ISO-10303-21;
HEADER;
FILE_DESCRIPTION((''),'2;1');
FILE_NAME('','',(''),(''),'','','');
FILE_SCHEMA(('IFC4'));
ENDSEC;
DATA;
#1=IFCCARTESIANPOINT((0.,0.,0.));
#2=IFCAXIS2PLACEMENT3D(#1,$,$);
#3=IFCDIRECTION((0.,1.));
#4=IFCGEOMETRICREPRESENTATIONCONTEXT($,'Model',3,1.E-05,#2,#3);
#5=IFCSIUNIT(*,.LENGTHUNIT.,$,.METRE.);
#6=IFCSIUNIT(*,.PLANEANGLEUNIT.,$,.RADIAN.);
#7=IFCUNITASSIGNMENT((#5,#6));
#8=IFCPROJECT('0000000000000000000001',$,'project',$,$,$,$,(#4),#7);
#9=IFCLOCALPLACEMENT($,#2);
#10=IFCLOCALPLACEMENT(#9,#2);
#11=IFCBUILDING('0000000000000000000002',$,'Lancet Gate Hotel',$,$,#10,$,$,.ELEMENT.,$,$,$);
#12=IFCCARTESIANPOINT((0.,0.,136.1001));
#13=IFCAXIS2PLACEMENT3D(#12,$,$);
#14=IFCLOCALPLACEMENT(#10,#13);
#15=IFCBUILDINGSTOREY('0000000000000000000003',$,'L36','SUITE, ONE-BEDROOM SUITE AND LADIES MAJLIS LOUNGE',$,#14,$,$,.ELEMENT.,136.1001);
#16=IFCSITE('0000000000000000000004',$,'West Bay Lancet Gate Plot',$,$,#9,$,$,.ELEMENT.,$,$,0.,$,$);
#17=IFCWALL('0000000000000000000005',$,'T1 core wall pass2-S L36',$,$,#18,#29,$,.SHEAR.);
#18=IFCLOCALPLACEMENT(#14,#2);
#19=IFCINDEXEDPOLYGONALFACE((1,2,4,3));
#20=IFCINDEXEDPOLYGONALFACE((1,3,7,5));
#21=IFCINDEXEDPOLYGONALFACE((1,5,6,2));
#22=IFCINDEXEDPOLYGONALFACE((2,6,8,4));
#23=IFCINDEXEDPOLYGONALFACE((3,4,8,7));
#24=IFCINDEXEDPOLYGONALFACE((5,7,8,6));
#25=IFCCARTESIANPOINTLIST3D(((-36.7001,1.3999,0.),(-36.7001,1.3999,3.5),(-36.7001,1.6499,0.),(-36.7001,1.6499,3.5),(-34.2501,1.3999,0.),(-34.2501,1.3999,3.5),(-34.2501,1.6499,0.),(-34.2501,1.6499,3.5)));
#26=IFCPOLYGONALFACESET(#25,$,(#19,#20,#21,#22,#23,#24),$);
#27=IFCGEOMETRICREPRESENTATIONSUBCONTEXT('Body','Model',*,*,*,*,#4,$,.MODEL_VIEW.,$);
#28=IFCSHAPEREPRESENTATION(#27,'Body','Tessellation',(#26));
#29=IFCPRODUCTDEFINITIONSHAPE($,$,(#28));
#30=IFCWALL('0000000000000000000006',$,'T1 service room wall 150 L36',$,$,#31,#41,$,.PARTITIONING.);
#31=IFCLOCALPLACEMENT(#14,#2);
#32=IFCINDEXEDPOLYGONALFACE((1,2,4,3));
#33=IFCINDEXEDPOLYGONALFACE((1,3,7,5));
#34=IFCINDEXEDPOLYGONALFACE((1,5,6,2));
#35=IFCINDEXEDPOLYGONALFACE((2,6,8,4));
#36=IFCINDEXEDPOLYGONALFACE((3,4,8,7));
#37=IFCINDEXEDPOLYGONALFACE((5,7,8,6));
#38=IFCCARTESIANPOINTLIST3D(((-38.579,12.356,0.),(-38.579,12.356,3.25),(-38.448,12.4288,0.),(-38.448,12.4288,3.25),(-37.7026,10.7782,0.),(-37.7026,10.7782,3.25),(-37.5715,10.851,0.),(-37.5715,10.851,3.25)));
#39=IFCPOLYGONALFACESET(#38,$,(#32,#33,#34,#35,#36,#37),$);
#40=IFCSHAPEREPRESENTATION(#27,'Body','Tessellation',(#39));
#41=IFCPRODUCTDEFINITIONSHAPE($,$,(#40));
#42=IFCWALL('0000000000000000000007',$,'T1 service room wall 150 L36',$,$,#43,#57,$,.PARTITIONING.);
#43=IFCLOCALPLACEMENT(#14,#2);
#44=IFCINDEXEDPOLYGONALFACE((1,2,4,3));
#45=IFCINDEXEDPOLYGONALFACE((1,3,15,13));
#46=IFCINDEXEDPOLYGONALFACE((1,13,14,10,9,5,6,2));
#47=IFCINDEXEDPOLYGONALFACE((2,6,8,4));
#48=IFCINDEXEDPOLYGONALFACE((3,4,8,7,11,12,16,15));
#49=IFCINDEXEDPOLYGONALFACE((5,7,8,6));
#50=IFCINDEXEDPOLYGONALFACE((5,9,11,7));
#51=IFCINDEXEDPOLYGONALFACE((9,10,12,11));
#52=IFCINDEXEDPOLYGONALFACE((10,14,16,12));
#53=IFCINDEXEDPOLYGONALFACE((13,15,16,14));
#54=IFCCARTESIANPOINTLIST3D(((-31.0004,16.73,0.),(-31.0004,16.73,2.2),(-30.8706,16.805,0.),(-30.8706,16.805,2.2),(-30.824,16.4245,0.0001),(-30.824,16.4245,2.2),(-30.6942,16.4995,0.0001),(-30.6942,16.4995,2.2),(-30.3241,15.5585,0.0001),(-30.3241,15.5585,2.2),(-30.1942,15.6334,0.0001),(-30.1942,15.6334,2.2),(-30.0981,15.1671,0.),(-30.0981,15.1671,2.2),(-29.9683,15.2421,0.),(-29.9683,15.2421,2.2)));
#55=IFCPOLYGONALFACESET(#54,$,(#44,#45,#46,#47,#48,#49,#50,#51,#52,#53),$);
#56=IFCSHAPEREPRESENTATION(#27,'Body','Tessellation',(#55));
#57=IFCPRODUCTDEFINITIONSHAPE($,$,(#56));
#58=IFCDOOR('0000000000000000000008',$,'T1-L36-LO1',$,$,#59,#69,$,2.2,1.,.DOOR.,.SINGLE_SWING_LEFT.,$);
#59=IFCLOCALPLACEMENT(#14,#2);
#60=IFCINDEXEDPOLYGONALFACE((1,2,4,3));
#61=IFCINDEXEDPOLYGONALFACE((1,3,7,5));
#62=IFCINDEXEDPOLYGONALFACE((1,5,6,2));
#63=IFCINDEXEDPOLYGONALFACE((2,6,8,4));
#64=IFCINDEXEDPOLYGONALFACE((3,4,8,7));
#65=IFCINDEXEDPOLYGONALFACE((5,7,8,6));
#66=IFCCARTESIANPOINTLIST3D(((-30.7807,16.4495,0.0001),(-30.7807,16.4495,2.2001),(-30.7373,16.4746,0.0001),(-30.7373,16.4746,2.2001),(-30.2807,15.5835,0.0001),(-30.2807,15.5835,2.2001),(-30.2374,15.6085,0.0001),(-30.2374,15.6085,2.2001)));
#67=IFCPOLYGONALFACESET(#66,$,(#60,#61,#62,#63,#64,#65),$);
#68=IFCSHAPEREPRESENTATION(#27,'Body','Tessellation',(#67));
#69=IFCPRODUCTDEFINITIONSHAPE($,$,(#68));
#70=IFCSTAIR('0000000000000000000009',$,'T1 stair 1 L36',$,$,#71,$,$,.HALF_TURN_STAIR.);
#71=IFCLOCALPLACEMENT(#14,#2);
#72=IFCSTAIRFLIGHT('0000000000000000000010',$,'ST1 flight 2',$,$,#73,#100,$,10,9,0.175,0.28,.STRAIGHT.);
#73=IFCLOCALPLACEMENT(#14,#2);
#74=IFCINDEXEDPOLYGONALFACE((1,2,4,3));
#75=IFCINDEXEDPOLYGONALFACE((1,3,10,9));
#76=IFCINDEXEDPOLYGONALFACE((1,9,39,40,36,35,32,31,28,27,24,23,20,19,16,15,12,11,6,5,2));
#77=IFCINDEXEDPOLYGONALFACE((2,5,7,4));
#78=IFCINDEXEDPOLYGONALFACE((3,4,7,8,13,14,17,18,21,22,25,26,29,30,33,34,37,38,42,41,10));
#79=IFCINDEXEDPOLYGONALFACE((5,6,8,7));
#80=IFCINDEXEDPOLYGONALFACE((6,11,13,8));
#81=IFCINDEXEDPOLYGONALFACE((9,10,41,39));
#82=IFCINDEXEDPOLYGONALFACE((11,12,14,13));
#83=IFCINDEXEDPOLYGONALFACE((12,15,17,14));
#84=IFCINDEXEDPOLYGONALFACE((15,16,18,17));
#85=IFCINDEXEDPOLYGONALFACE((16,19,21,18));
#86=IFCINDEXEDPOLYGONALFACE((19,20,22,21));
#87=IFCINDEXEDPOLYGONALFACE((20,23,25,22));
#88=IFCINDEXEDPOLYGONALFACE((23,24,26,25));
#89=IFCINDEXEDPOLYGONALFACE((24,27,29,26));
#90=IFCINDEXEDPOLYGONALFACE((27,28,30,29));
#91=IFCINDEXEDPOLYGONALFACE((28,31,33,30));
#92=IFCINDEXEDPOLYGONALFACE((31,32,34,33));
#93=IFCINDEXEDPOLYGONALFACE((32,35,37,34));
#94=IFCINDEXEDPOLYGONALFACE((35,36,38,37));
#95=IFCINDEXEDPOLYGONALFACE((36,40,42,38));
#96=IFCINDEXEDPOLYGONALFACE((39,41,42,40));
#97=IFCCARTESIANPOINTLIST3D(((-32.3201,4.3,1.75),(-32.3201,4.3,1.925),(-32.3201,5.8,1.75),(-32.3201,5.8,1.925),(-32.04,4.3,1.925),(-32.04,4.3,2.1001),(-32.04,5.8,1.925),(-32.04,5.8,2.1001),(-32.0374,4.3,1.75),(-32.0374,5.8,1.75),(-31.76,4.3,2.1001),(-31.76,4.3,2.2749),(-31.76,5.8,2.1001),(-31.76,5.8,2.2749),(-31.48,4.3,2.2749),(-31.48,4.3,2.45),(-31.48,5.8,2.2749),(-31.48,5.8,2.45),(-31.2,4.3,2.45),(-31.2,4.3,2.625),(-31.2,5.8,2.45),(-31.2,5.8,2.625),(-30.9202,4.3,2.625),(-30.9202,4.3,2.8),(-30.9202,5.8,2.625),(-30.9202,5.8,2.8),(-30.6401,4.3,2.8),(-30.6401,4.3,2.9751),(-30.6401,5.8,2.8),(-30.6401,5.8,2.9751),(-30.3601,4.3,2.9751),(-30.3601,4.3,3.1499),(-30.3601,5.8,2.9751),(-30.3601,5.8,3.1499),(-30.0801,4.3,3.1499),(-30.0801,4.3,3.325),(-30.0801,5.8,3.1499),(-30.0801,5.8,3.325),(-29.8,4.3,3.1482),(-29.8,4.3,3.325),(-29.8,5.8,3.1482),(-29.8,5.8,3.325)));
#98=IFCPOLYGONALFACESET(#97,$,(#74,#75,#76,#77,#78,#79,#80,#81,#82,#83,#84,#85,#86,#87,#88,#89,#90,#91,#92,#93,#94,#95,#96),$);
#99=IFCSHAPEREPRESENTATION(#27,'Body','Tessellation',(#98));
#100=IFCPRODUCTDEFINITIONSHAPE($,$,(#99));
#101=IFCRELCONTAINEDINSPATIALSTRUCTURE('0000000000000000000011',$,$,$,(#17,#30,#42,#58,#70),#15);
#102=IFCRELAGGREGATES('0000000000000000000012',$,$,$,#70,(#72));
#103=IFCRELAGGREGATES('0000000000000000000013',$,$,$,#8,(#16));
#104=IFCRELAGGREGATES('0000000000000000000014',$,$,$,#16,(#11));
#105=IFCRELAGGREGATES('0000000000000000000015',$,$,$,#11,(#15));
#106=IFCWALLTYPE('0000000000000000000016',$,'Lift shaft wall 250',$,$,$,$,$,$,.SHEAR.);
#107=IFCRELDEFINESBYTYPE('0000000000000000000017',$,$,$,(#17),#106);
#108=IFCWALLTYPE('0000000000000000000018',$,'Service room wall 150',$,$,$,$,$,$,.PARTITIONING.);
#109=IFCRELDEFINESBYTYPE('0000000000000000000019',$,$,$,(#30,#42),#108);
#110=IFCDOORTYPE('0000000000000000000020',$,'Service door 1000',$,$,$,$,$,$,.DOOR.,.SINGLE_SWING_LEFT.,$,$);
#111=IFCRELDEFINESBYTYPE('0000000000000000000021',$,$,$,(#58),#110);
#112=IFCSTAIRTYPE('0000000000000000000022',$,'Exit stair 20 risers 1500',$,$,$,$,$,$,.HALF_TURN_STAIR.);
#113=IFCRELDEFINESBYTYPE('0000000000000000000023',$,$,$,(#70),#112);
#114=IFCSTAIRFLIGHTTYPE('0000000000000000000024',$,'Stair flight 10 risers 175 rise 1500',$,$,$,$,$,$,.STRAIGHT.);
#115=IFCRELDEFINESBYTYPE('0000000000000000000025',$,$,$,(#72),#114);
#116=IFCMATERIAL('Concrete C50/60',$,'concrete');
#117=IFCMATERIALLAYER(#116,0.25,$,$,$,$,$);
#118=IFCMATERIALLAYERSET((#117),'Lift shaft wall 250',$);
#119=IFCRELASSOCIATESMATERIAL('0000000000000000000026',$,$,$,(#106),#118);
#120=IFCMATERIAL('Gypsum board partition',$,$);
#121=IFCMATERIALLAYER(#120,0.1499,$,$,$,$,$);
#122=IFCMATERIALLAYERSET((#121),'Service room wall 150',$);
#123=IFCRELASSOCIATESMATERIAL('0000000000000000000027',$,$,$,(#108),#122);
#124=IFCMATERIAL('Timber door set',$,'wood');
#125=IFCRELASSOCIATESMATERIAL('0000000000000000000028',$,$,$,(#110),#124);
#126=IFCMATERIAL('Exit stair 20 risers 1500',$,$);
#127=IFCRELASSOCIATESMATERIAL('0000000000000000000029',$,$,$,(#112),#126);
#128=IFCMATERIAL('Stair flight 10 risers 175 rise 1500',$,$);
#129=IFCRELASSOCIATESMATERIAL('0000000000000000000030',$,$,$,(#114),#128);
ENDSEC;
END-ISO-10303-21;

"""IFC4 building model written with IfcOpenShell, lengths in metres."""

from ifc_helpers import new_model, si_unit, direction, frame, frame_2d, origin, place, context, subcontext, project, spatial, polyline, rectangle, outline, extrude, material, layer, layer_set, type_object, element, fill, aggregate, save


model = new_model("IFC4")

# Units and contexts
model_context = context("Model", 3, precision=1e-05, world=origin(), true_north=direction((0.0, 1.0)))
body_context = subcontext(model_context, "Body", "Model", "MODEL_VIEW")
ifc_project = project(units=[si_unit("LENGTHUNIT", "METRE"), si_unit("PLANEANGLEUNIT", "RADIAN")], contexts=[model_context])

# Site, building, storey
site_placement = place(None, origin())
site = spatial("IfcSite", under=ifc_project, at=site_placement, Name="West Bay Lancet Gate Plot", CompositionType="ELEMENT", RefElevation=0.0)
building_placement = place(site_placement, origin())
building = spatial("IfcBuilding", under=site, at=building_placement, Name="Lancet Gate Hotel", CompositionType="ELEMENT")
storey_placement = place(building_placement, frame((0.0, 0.0, 136.1001)))
storey = spatial("IfcBuildingStorey", under=building, at=storey_placement, Name="L36", Description="SUITE, ONE-BEDROOM SUITE AND LADIES MAJLIS LOUNGE", CompositionType="ELEMENT", Elevation=136.1001)

# Shared definitions
ifc_material_1 = material(Name="Concrete C50/60", Category="concrete")
ifc_layer_1 = layer(ifc_material_1, 0.25)
ifc_layer_set_1 = layer_set([ifc_layer_1], Name="Lift shaft wall 250")
wall_type_1 = type_object("IfcWallType", Name="Lift shaft wall 250", PredefinedType="SHEAR", material=ifc_layer_set_1)

# Walls
wall_1_placement = place(storey_placement, frame((-34.25, 1.5249, 0.0), z_axis=(0.0, 0.0, 1.0), x_axis=(-1.0, 0.0, 0.0)))
element("IfcWall", 1, at=wall_1_placement, inside=storey, type_object=wall_type_1, Name="T1 core wall pass2-S L36", PredefinedType="SHEAR", context=body_context, shape_type="SweptSolid", body=[
    extrude(rectangle(XDim=2.45, YDim=0.25, at=frame_2d((1.2251, 0.0))), origin(), (0.0, 0.0, 1.0), 3.5),
])
ifc_material_2 = material(Name="Gypsum board partition")
ifc_layer_2 = layer(ifc_material_2, 0.1499)
ifc_layer_set_2 = layer_set([ifc_layer_2], Name="Service room wall 150")
wall_type_2 = type_object("IfcWallType", Name="Service room wall 150", PredefinedType="PARTITIONING", material=ifc_layer_set_2)
wall_2_placement = place(storey_placement, frame((-38.5134, 12.3923, 0.0), z_axis=(0.0, 0.0, 1.0), x_axis=(0.485586, -0.874189, 0.0)))
element("IfcWall", 2, at=wall_2_placement, inside=storey, type_object=wall_type_2, Name="T1 service room wall 150 L36", PredefinedType="PARTITIONING", context=body_context, shape_type="SweptSolid", body=[
    extrude(rectangle(XDim=1.8049, YDim=0.1499, at=frame_2d((0.9023, 0.0))), origin(), (0.0, 0.0, 1.0), 3.25),
])

# Wall, opening, door
wall_3_placement = place(storey_placement, frame((-30.0332, 15.2046, 0.0), z_axis=(0.0, 0.0, 1.0), x_axis=(-0.49998, 0.866037, 0.0)))
wall_3 = element("IfcWall", 3, at=wall_3_placement, inside=storey, type_object=wall_type_2, Name="T1 service room wall 150 L36", PredefinedType="PARTITIONING", context=body_context, shape_type="SweptSolid", body=[
    extrude(rectangle(XDim=1.8047, YDim=0.1499, at=frame_2d((0.9023, 0.0))), origin(), (0.0, 0.0, 1.0), 2.2),
])
opening_1_placement = place(wall_3_placement, frame((0.4519, 0.0, 0.0)))
opening_1 = element("IfcOpeningElement", 4, at=opening_1_placement, cuts=wall_3, PredefinedType="OPENING", context=body_context, shape_type="SweptSolid", body=[
    extrude(rectangle(XDim=1.0, YDim=2.2, at=frame_2d((0.5, 1.1001))), frame((0.0, 0.085, 0.0), z_axis=(0.0, -1.0, 0.0), x_axis=(1.0, 0.0, 0.0)), (0.0, 0.0, 1.0), 0.1699),
])
ifc_material_3 = material(Name="Timber door set", Category="wood")
door_type_1 = type_object("IfcDoorType", Name="Service door 1000", OperationType="SINGLE_SWING_LEFT", PredefinedType="DOOR", material=ifc_material_3)
door_1_placement = place(opening_1_placement, origin())
door_1 = element("IfcDoor", 5, at=door_1_placement, inside=storey, type_object=door_type_1, Name="T1-L36-LO1", OperationType="SINGLE_SWING_LEFT", OverallHeight=2.2, OverallWidth=1.0, PredefinedType="DOOR", context=body_context, shape_type="SweptSolid", body=[
    extrude(rectangle(XDim=1.0, YDim=2.2, at=frame_2d((0.5, 1.1001))), frame((0.0, 0.0249, 0.0), z_axis=(0.0, -1.0, 0.0), x_axis=(1.0, 0.0, 0.0)), (0.0, 0.0, 1.0), 0.05),
])
fill(opening_1, door_1)

# Stair, stair flight
ifc_material_4 = material(Name="Exit stair 20 risers 1500")
stair_type = type_object("IfcStairType", Name="Exit stair 20 risers 1500", PredefinedType="HALF_TURN_STAIR", material=ifc_material_4)
stair_placement = place(storey_placement, origin())
stair = element("IfcStair", 6, at=stair_placement, inside=storey, type_object=stair_type, Name="T1 stair 1 L36", PredefinedType="HALF_TURN_STAIR")
ifc_material_5 = material(Name="Stair flight 10 risers 175 rise 1500")
stair_flight_type = type_object("IfcStairFlightType", Name="Stair flight 10 risers 175 rise 1500", PredefinedType="STRAIGHT", material=ifc_material_5)
stair_flight_placement = place(storey_placement, frame((-32.3201, 5.05, 1.75), z_axis=(0.0, 0.0, 1.0), x_axis=(1.0, 0.0, 0.0)))
stair_flight = element("IfcStairFlight", 7, at=stair_flight_placement, type_object=stair_flight_type, Name="ST1 flight 2", NumberOfRisers=10, NumberOfTreads=9, PredefinedType="STRAIGHT", RiserHeight=0.175, TreadLength=0.28, context=body_context, shape_type="SweptSolid", body=[
    extrude(outline(polyline([(0.0, 0.0), (0.0, 0.175), (0.28, 0.175), (0.28, 0.3501), (0.5601, 0.3501), (0.5601, 0.5249), (0.8401, 0.5249), (0.8401, 0.7), (1.1201, 0.7), (1.1201, 0.875), (1.3999, 0.875), (1.3999, 1.05), (1.6799, 1.05), (1.6799, 1.2251), (1.96, 1.2251), (1.96, 1.3999), (2.24, 1.3999), (2.24, 1.575), (2.52, 1.575), (2.52, 1.75), (2.52, 1.3982), (0.2827, 0.0), (0.0, 0.0)])), frame((0.0, 0.75, 0.0), z_axis=(0.0, -1.0, 0.0), x_axis=(1.0, 0.0, 0.0)), (0.0, 0.0, 1.0), 1.5),
])
aggregate(stair, [stair_flight])

save(model, "model.ifc")
